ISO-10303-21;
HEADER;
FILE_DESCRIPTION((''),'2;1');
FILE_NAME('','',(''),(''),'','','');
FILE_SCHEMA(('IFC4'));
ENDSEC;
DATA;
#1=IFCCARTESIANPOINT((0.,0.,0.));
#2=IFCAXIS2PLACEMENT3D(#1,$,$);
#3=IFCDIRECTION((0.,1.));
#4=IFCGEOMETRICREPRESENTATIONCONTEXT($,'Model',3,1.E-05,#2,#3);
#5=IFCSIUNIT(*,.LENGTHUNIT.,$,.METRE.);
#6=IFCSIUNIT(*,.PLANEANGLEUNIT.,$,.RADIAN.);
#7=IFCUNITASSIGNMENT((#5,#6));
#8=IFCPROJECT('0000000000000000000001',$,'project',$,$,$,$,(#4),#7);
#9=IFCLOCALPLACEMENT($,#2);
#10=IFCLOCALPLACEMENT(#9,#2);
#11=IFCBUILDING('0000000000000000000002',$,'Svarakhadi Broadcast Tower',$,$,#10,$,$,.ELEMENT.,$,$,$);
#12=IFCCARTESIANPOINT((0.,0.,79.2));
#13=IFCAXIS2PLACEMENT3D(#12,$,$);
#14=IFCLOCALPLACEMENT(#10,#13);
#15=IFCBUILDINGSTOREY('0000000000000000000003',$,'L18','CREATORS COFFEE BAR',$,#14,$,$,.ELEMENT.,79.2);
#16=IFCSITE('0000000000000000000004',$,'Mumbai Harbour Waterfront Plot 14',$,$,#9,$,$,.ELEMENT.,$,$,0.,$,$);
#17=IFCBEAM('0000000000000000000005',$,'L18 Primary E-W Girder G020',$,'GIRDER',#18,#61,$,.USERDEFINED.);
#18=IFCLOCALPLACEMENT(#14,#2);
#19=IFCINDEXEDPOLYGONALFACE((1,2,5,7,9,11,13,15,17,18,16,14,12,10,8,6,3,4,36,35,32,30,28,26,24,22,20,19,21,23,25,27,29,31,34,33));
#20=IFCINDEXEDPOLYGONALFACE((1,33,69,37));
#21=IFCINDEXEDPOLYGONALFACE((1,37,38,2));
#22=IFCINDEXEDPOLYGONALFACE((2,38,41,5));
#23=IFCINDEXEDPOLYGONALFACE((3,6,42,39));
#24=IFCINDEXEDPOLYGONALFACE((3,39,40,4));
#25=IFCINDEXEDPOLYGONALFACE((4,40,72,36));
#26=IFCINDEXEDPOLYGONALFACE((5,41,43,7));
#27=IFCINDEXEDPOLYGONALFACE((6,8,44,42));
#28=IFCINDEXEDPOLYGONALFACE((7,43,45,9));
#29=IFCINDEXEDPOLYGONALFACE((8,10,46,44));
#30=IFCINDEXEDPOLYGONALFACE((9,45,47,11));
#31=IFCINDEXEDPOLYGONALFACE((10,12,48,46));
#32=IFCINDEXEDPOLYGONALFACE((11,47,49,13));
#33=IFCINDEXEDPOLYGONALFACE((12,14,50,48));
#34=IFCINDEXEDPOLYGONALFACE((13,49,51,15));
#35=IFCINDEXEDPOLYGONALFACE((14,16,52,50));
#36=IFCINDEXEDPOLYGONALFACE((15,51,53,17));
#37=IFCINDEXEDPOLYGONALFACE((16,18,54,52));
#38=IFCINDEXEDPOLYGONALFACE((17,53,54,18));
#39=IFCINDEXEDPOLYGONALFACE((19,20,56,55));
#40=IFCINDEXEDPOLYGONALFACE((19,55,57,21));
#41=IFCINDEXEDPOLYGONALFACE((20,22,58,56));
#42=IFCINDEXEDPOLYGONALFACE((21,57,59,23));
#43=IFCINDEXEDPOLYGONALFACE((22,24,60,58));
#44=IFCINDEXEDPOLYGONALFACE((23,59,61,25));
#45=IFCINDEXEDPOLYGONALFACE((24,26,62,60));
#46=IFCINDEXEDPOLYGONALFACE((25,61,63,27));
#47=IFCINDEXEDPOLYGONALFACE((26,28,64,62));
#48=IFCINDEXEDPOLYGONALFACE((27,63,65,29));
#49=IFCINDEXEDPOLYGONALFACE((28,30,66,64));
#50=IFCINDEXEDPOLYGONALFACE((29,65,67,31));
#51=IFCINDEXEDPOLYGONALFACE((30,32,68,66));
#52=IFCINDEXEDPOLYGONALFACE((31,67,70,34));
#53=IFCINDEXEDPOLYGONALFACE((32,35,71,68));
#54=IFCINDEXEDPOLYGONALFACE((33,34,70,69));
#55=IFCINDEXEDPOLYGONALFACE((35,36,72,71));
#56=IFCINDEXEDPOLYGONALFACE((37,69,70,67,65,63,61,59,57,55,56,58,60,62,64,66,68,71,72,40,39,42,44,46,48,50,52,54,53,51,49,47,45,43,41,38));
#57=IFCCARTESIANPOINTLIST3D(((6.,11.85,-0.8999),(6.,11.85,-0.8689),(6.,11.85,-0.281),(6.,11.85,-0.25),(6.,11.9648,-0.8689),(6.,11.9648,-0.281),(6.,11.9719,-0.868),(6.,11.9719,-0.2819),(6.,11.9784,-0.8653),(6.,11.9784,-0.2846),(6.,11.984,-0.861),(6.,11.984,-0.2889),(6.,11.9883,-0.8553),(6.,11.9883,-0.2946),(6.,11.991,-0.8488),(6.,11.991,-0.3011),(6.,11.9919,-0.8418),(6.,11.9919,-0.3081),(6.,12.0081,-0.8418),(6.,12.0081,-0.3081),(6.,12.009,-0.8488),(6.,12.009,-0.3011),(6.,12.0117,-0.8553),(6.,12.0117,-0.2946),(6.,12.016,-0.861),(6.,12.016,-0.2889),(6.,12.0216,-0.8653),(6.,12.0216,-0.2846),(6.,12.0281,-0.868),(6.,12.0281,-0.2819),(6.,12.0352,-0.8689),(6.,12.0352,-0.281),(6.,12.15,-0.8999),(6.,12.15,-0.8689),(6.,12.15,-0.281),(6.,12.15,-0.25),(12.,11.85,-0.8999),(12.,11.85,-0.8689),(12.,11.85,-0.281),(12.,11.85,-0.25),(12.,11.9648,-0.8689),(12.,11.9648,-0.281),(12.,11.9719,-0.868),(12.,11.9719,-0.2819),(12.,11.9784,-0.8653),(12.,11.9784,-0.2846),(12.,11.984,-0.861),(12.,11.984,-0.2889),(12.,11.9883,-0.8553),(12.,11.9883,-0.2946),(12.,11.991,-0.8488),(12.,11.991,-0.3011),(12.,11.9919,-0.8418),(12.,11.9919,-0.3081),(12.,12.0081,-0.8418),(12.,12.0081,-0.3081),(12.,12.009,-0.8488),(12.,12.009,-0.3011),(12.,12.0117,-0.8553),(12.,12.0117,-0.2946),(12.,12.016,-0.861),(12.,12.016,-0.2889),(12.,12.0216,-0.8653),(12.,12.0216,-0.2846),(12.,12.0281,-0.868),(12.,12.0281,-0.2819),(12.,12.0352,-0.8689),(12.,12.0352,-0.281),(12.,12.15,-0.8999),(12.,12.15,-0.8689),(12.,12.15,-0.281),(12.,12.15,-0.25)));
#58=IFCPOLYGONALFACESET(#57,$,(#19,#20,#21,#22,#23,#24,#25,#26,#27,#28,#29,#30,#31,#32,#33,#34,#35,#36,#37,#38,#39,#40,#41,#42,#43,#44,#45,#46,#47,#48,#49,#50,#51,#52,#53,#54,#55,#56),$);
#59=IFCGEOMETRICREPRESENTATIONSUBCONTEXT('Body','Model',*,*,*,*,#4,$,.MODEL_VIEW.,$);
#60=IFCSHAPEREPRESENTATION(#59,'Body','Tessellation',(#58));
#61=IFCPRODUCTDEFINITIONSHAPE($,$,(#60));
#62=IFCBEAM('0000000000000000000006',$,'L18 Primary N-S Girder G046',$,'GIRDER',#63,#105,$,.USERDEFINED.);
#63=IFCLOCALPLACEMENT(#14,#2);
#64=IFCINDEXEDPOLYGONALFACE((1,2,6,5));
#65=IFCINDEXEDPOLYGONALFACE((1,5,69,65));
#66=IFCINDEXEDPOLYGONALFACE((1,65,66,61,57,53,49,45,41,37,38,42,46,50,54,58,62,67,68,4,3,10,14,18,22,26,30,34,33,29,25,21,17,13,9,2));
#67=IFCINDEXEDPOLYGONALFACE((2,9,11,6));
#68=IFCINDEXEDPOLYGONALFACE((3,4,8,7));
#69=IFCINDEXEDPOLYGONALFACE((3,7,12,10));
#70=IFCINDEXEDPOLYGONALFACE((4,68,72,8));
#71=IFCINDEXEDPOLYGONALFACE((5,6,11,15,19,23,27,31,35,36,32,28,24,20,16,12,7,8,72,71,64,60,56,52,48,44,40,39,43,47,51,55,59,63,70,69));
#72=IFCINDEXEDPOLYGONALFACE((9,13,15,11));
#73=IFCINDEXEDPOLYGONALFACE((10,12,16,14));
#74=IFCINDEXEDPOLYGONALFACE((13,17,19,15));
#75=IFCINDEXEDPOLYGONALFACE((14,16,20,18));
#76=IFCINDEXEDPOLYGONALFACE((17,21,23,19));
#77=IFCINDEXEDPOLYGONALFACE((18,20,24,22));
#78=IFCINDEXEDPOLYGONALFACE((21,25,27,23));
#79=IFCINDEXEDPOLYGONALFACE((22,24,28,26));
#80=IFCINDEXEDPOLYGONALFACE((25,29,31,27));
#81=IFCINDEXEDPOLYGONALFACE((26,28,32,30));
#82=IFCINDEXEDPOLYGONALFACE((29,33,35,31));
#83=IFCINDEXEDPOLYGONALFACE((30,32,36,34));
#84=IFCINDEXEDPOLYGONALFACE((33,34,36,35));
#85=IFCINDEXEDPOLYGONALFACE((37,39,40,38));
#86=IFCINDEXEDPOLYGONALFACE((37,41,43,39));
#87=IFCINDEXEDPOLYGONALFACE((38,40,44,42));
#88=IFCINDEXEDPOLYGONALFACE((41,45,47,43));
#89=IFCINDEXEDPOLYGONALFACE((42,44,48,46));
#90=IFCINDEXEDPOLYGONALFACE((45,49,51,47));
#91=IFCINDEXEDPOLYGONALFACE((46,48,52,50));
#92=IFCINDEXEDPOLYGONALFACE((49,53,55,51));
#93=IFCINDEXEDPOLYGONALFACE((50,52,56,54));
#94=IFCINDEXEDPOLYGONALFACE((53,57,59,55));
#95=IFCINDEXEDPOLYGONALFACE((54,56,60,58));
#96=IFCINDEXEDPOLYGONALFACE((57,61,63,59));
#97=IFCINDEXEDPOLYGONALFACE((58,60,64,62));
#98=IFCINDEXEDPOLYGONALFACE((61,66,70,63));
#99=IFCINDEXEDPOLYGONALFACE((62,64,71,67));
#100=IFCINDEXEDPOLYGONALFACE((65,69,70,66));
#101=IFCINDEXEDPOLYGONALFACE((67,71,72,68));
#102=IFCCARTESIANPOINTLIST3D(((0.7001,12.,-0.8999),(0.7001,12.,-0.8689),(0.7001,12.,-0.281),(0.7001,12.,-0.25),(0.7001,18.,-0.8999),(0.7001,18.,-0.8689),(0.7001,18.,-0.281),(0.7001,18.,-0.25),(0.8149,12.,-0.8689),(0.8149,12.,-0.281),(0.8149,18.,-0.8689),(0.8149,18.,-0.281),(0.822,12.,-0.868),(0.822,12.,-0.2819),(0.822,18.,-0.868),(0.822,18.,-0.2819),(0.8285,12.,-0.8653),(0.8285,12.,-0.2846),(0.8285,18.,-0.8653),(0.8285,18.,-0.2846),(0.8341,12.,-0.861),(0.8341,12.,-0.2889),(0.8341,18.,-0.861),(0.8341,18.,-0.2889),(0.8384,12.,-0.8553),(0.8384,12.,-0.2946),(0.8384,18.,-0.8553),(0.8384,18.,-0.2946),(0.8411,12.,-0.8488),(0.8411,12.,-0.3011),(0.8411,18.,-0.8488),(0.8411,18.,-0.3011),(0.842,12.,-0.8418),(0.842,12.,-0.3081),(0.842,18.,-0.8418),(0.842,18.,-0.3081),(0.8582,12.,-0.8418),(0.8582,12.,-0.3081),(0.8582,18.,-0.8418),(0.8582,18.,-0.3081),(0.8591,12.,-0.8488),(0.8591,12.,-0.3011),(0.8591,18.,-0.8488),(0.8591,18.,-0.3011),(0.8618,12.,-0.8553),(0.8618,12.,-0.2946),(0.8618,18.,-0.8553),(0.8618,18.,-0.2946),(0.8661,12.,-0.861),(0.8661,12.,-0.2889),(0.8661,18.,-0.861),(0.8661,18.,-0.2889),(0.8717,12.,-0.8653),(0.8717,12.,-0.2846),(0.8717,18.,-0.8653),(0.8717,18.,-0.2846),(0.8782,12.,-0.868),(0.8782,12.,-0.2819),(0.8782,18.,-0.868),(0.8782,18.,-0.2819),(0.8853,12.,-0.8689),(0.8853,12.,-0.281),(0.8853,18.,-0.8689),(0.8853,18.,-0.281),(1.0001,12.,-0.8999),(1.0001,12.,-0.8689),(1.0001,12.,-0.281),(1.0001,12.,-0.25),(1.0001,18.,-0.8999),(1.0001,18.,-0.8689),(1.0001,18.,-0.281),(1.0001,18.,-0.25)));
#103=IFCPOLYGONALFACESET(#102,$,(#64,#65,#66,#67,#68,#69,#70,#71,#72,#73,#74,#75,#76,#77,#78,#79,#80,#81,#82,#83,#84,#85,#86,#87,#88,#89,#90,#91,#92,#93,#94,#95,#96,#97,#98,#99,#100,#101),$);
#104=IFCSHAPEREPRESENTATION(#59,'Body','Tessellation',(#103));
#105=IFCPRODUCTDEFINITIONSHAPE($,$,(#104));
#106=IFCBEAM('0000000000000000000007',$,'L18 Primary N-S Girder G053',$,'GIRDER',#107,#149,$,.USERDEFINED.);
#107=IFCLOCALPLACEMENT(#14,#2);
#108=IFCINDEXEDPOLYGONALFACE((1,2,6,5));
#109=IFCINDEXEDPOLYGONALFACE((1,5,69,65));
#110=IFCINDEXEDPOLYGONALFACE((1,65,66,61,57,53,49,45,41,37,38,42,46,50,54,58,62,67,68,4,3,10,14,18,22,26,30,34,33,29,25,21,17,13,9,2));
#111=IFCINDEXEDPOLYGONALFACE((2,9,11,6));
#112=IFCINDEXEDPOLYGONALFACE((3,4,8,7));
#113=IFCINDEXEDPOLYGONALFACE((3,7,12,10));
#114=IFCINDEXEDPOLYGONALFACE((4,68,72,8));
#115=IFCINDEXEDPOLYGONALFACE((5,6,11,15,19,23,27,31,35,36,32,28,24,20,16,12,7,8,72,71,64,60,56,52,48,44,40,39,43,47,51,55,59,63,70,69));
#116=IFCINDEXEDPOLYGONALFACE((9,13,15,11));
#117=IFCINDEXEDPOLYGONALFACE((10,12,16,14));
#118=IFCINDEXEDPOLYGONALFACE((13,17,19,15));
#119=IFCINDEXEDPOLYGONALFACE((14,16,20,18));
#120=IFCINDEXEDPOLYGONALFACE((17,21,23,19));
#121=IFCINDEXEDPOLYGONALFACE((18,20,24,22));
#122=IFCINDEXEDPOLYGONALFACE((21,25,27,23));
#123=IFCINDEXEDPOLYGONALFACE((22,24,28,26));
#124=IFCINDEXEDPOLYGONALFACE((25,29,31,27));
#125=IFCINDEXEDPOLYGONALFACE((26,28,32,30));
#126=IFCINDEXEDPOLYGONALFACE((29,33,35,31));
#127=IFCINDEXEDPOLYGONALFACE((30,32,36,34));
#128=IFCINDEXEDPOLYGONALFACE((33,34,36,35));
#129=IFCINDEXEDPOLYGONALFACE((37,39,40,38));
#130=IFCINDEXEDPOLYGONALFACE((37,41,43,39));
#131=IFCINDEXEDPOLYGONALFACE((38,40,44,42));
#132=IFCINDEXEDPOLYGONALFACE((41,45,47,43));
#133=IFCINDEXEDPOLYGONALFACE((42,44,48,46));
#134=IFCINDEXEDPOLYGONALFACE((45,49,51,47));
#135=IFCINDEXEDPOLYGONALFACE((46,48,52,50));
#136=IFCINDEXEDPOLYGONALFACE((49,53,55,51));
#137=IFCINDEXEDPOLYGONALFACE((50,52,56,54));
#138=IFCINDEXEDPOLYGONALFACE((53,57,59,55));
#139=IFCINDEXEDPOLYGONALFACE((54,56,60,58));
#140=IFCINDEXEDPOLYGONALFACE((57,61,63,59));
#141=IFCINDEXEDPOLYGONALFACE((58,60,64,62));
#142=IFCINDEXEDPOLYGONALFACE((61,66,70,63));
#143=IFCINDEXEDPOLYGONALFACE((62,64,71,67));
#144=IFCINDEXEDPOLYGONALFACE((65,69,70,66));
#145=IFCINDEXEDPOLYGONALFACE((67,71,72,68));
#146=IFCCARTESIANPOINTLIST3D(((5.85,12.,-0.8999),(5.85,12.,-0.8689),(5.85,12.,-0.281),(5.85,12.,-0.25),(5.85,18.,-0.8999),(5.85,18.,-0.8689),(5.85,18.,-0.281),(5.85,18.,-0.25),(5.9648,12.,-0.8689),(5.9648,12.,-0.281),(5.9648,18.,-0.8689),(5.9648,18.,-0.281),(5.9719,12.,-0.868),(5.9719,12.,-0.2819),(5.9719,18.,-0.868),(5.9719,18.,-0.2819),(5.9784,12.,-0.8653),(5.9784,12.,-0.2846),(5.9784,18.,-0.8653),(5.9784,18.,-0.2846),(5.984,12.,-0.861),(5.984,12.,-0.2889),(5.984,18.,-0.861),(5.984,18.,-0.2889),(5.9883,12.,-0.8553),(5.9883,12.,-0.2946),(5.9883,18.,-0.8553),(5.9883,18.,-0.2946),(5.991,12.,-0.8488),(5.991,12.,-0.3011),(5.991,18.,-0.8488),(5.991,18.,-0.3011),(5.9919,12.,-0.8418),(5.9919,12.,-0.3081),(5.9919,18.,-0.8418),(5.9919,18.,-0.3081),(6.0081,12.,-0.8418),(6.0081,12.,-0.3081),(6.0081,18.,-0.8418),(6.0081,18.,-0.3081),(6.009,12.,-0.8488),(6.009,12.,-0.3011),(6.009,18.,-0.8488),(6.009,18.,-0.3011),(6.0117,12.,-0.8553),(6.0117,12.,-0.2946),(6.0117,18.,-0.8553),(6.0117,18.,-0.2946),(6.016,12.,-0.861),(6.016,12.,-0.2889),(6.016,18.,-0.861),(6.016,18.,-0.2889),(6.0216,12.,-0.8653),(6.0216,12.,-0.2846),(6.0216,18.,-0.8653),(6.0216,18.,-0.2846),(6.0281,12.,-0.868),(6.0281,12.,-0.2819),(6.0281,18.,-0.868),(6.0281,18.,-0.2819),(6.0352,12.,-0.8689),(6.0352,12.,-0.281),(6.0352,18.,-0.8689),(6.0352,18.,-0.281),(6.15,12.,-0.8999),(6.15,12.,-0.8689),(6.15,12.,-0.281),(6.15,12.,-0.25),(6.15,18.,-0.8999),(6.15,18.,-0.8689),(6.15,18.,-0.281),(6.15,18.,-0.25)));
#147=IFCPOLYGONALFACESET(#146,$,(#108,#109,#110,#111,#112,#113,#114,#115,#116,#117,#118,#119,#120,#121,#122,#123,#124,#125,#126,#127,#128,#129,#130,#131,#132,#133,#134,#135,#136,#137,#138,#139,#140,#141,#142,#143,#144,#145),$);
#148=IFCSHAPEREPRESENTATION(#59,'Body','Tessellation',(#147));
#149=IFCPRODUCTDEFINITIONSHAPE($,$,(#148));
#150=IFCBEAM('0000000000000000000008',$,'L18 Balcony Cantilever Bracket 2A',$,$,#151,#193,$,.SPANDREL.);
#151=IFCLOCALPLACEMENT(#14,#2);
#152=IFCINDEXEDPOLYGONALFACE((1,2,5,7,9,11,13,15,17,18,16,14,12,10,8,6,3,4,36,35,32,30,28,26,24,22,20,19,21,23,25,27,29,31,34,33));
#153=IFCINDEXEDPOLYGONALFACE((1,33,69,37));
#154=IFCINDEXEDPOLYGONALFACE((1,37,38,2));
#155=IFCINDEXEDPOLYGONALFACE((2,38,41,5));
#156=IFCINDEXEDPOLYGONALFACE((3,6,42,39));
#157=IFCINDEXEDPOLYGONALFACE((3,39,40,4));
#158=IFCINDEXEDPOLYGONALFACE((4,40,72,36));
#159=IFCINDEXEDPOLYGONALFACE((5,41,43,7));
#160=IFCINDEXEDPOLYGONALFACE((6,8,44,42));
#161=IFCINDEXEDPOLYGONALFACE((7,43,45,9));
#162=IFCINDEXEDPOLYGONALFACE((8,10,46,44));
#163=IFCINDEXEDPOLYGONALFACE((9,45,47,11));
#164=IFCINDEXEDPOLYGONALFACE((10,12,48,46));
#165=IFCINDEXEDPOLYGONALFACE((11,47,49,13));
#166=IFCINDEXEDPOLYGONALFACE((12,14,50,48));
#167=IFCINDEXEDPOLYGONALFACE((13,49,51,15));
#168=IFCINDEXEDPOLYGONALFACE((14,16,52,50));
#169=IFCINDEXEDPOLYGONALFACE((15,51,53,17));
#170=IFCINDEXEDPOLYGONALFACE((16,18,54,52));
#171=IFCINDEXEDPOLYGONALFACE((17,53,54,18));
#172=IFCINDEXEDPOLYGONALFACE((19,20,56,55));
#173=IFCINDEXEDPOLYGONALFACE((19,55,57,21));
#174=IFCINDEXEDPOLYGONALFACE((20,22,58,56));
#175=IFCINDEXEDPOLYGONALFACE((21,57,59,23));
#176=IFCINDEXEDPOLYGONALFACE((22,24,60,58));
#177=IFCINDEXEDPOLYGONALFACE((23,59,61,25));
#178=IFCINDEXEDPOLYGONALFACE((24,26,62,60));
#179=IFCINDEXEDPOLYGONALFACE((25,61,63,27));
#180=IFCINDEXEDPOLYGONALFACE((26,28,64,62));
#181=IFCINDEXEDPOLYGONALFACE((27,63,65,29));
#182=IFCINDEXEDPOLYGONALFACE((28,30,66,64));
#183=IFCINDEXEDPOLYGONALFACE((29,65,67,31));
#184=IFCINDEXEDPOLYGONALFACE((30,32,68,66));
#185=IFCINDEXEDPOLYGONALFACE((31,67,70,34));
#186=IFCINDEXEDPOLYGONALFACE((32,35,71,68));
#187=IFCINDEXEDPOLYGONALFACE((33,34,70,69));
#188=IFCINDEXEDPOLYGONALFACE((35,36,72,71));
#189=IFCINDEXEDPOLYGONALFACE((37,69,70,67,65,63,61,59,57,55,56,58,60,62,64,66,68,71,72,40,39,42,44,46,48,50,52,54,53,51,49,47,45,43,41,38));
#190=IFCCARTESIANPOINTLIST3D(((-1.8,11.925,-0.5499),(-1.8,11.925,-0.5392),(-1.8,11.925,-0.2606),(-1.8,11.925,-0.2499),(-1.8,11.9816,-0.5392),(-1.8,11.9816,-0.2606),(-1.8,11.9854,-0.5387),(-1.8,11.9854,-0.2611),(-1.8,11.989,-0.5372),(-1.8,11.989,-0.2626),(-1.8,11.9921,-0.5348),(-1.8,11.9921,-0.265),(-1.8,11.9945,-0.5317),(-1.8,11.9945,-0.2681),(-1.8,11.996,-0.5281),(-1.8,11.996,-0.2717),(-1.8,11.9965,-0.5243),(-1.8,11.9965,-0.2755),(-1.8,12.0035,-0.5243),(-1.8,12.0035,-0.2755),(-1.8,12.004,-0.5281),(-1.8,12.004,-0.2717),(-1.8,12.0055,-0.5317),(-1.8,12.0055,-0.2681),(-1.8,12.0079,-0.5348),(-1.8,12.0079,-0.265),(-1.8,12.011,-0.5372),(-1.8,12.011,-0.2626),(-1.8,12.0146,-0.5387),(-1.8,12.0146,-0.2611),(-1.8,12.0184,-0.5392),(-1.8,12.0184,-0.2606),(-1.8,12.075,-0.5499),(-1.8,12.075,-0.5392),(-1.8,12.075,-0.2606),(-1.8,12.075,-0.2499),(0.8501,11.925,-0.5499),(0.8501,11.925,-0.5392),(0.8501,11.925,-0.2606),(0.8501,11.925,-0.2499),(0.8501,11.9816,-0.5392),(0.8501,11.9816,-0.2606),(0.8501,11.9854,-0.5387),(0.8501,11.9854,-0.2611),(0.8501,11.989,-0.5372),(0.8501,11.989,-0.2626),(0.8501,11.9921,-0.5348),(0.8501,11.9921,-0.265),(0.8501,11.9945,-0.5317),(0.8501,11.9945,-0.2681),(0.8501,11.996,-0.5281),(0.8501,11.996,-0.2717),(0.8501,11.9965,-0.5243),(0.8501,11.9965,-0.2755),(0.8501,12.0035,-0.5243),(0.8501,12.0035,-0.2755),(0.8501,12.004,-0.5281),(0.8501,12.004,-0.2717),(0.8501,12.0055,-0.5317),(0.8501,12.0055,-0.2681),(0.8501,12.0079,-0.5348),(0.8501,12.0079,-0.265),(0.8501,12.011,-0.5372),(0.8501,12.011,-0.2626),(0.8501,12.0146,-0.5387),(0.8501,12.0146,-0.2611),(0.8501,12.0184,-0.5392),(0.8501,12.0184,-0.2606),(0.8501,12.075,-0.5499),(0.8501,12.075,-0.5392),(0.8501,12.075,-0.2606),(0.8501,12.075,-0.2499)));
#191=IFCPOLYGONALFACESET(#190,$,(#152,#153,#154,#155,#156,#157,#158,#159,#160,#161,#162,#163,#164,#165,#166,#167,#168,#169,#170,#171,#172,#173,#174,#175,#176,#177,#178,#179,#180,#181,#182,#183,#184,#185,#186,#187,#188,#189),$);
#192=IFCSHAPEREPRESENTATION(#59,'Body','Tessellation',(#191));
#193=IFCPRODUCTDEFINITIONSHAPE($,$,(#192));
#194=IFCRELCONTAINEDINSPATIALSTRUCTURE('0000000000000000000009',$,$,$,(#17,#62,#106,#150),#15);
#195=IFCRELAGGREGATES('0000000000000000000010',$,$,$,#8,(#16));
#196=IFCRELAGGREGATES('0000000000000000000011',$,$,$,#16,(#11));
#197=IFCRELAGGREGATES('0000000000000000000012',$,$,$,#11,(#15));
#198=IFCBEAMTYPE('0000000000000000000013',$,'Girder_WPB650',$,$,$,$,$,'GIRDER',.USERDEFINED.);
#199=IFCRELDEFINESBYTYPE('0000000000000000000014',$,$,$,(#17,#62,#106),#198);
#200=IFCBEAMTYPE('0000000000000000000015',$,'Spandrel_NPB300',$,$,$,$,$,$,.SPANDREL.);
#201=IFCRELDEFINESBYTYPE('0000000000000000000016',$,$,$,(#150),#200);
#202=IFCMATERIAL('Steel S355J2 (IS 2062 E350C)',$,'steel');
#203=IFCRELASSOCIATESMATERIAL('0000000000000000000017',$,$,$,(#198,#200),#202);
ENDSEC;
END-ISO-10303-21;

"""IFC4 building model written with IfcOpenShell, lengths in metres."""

from ifc_helpers import new_model, si_unit, direction, frame, origin, origin_2d, place, context, subcontext, project, spatial, i_section, extrude, material, material_profile, profile_set, type_object, element, save


model = new_model("IFC4")

# Units and contexts
model_context = context("Model", 3, precision=1e-05, world=origin(), true_north=direction((0.0, 1.0)))
body_context = subcontext(model_context, "Body", "Model", "MODEL_VIEW")
ifc_project = project(units=[si_unit("LENGTHUNIT", "METRE"), si_unit("PLANEANGLEUNIT", "RADIAN")], contexts=[model_context])

# Site, building, storey
site_placement = place(None, origin())
site = spatial("IfcSite", under=ifc_project, at=site_placement, Name="Mumbai Harbour Waterfront Plot 14", CompositionType="ELEMENT", RefElevation=0.0)
building_placement = place(site_placement, origin())
building = spatial("IfcBuilding", under=site, at=building_placement, Name="Svarakhadi Broadcast Tower", CompositionType="ELEMENT")
storey_placement = place(building_placement, frame((0.0, 0.0, 79.2)))
storey = spatial("IfcBuildingStorey", under=building, at=storey_placement, Name="L18", Description="CREATORS COFFEE BAR", CompositionType="ELEMENT", Elevation=79.2)

# Shared definitions
ifc_material_1 = material(Name="Steel S355J2 (IS 2062 E350C)", Category="steel")

# Beams
ifc_material_profile_1 = material_profile(ifc_material_1, i_section(OverallWidth=0.3, OverallDepth=0.6499, WebThickness=0.0161, FlangeThickness=0.031, FilletRadius=0.0271, at=origin_2d()), Name="WPB 650x300x225")
ifc_profile_set_1 = profile_set([ifc_material_profile_1], Name="Steel S355J2 (IS 2062 E350C)")
beam_type_1 = type_object("IfcBeamType", Name="Girder_WPB650", ElementType="GIRDER", PredefinedType="USERDEFINED", material=ifc_profile_set_1)
for number, where, z_axis, x_axis, name in (
    (1, (6.0, 12.0, -0.575), (1.0, 0.0, 0.0), (0.0, 1.0, 0.0), "L18 Primary E-W Girder G020"),
    (2, (0.8501, 12.0, -0.575), (0.0, 1.0, 0.0), (-1.0, 0.0, 0.0), "L18 Primary N-S Girder G046"),
    (3, (6.0, 12.0, -0.575), (0.0, 1.0, 0.0), (-1.0, 0.0, 0.0), "L18 Primary N-S Girder G053"),
):
    element("IfcBeam", number, at=place(storey_placement, frame(where, z_axis=z_axis, x_axis=x_axis)), inside=storey, type_object=beam_type_1, Name=name, ObjectType="GIRDER", PredefinedType="USERDEFINED", context=body_context, shape_type="SweptSolid", body=[
        extrude(i_section(OverallWidth=0.3, OverallDepth=0.6499, WebThickness=0.0161, FlangeThickness=0.031, FilletRadius=0.0271, at=origin_2d()), origin(), (0.0, 0.0, 1.0), 6.0),
    ])
ifc_material_profile_2 = material_profile(ifc_material_1, i_section(OverallWidth=0.1499, OverallDepth=0.3, WebThickness=0.0071, FlangeThickness=0.0107, FilletRadius=0.0149, at=origin_2d()), Name="NPB 300x150x37")
ifc_profile_set_2 = profile_set([ifc_material_profile_2], Name="Steel S355J2 (IS 2062 E350C)")
beam_type_2 = type_object("IfcBeamType", Name="Spandrel_NPB300", PredefinedType="SPANDREL", material=ifc_profile_set_2)
beam_1_placement = place(storey_placement, frame((0.8501, 12.0, -0.3999), z_axis=(-1.0, 0.0, 0.0), x_axis=(0.0, -1.0, 0.0)))
element("IfcBeam", 4, at=beam_1_placement, inside=storey, type_object=beam_type_2, Name="L18 Balcony Cantilever Bracket 2A", PredefinedType="SPANDREL", context=body_context, shape_type="SweptSolid", body=[
    extrude(i_section(OverallWidth=0.1499, OverallDepth=0.3, WebThickness=0.0071, FlangeThickness=0.0107, FilletRadius=0.0149, at=origin_2d()), origin(), (0.0, 0.0, 1.0), 2.6501),
])

save(model, "model.ifc")
